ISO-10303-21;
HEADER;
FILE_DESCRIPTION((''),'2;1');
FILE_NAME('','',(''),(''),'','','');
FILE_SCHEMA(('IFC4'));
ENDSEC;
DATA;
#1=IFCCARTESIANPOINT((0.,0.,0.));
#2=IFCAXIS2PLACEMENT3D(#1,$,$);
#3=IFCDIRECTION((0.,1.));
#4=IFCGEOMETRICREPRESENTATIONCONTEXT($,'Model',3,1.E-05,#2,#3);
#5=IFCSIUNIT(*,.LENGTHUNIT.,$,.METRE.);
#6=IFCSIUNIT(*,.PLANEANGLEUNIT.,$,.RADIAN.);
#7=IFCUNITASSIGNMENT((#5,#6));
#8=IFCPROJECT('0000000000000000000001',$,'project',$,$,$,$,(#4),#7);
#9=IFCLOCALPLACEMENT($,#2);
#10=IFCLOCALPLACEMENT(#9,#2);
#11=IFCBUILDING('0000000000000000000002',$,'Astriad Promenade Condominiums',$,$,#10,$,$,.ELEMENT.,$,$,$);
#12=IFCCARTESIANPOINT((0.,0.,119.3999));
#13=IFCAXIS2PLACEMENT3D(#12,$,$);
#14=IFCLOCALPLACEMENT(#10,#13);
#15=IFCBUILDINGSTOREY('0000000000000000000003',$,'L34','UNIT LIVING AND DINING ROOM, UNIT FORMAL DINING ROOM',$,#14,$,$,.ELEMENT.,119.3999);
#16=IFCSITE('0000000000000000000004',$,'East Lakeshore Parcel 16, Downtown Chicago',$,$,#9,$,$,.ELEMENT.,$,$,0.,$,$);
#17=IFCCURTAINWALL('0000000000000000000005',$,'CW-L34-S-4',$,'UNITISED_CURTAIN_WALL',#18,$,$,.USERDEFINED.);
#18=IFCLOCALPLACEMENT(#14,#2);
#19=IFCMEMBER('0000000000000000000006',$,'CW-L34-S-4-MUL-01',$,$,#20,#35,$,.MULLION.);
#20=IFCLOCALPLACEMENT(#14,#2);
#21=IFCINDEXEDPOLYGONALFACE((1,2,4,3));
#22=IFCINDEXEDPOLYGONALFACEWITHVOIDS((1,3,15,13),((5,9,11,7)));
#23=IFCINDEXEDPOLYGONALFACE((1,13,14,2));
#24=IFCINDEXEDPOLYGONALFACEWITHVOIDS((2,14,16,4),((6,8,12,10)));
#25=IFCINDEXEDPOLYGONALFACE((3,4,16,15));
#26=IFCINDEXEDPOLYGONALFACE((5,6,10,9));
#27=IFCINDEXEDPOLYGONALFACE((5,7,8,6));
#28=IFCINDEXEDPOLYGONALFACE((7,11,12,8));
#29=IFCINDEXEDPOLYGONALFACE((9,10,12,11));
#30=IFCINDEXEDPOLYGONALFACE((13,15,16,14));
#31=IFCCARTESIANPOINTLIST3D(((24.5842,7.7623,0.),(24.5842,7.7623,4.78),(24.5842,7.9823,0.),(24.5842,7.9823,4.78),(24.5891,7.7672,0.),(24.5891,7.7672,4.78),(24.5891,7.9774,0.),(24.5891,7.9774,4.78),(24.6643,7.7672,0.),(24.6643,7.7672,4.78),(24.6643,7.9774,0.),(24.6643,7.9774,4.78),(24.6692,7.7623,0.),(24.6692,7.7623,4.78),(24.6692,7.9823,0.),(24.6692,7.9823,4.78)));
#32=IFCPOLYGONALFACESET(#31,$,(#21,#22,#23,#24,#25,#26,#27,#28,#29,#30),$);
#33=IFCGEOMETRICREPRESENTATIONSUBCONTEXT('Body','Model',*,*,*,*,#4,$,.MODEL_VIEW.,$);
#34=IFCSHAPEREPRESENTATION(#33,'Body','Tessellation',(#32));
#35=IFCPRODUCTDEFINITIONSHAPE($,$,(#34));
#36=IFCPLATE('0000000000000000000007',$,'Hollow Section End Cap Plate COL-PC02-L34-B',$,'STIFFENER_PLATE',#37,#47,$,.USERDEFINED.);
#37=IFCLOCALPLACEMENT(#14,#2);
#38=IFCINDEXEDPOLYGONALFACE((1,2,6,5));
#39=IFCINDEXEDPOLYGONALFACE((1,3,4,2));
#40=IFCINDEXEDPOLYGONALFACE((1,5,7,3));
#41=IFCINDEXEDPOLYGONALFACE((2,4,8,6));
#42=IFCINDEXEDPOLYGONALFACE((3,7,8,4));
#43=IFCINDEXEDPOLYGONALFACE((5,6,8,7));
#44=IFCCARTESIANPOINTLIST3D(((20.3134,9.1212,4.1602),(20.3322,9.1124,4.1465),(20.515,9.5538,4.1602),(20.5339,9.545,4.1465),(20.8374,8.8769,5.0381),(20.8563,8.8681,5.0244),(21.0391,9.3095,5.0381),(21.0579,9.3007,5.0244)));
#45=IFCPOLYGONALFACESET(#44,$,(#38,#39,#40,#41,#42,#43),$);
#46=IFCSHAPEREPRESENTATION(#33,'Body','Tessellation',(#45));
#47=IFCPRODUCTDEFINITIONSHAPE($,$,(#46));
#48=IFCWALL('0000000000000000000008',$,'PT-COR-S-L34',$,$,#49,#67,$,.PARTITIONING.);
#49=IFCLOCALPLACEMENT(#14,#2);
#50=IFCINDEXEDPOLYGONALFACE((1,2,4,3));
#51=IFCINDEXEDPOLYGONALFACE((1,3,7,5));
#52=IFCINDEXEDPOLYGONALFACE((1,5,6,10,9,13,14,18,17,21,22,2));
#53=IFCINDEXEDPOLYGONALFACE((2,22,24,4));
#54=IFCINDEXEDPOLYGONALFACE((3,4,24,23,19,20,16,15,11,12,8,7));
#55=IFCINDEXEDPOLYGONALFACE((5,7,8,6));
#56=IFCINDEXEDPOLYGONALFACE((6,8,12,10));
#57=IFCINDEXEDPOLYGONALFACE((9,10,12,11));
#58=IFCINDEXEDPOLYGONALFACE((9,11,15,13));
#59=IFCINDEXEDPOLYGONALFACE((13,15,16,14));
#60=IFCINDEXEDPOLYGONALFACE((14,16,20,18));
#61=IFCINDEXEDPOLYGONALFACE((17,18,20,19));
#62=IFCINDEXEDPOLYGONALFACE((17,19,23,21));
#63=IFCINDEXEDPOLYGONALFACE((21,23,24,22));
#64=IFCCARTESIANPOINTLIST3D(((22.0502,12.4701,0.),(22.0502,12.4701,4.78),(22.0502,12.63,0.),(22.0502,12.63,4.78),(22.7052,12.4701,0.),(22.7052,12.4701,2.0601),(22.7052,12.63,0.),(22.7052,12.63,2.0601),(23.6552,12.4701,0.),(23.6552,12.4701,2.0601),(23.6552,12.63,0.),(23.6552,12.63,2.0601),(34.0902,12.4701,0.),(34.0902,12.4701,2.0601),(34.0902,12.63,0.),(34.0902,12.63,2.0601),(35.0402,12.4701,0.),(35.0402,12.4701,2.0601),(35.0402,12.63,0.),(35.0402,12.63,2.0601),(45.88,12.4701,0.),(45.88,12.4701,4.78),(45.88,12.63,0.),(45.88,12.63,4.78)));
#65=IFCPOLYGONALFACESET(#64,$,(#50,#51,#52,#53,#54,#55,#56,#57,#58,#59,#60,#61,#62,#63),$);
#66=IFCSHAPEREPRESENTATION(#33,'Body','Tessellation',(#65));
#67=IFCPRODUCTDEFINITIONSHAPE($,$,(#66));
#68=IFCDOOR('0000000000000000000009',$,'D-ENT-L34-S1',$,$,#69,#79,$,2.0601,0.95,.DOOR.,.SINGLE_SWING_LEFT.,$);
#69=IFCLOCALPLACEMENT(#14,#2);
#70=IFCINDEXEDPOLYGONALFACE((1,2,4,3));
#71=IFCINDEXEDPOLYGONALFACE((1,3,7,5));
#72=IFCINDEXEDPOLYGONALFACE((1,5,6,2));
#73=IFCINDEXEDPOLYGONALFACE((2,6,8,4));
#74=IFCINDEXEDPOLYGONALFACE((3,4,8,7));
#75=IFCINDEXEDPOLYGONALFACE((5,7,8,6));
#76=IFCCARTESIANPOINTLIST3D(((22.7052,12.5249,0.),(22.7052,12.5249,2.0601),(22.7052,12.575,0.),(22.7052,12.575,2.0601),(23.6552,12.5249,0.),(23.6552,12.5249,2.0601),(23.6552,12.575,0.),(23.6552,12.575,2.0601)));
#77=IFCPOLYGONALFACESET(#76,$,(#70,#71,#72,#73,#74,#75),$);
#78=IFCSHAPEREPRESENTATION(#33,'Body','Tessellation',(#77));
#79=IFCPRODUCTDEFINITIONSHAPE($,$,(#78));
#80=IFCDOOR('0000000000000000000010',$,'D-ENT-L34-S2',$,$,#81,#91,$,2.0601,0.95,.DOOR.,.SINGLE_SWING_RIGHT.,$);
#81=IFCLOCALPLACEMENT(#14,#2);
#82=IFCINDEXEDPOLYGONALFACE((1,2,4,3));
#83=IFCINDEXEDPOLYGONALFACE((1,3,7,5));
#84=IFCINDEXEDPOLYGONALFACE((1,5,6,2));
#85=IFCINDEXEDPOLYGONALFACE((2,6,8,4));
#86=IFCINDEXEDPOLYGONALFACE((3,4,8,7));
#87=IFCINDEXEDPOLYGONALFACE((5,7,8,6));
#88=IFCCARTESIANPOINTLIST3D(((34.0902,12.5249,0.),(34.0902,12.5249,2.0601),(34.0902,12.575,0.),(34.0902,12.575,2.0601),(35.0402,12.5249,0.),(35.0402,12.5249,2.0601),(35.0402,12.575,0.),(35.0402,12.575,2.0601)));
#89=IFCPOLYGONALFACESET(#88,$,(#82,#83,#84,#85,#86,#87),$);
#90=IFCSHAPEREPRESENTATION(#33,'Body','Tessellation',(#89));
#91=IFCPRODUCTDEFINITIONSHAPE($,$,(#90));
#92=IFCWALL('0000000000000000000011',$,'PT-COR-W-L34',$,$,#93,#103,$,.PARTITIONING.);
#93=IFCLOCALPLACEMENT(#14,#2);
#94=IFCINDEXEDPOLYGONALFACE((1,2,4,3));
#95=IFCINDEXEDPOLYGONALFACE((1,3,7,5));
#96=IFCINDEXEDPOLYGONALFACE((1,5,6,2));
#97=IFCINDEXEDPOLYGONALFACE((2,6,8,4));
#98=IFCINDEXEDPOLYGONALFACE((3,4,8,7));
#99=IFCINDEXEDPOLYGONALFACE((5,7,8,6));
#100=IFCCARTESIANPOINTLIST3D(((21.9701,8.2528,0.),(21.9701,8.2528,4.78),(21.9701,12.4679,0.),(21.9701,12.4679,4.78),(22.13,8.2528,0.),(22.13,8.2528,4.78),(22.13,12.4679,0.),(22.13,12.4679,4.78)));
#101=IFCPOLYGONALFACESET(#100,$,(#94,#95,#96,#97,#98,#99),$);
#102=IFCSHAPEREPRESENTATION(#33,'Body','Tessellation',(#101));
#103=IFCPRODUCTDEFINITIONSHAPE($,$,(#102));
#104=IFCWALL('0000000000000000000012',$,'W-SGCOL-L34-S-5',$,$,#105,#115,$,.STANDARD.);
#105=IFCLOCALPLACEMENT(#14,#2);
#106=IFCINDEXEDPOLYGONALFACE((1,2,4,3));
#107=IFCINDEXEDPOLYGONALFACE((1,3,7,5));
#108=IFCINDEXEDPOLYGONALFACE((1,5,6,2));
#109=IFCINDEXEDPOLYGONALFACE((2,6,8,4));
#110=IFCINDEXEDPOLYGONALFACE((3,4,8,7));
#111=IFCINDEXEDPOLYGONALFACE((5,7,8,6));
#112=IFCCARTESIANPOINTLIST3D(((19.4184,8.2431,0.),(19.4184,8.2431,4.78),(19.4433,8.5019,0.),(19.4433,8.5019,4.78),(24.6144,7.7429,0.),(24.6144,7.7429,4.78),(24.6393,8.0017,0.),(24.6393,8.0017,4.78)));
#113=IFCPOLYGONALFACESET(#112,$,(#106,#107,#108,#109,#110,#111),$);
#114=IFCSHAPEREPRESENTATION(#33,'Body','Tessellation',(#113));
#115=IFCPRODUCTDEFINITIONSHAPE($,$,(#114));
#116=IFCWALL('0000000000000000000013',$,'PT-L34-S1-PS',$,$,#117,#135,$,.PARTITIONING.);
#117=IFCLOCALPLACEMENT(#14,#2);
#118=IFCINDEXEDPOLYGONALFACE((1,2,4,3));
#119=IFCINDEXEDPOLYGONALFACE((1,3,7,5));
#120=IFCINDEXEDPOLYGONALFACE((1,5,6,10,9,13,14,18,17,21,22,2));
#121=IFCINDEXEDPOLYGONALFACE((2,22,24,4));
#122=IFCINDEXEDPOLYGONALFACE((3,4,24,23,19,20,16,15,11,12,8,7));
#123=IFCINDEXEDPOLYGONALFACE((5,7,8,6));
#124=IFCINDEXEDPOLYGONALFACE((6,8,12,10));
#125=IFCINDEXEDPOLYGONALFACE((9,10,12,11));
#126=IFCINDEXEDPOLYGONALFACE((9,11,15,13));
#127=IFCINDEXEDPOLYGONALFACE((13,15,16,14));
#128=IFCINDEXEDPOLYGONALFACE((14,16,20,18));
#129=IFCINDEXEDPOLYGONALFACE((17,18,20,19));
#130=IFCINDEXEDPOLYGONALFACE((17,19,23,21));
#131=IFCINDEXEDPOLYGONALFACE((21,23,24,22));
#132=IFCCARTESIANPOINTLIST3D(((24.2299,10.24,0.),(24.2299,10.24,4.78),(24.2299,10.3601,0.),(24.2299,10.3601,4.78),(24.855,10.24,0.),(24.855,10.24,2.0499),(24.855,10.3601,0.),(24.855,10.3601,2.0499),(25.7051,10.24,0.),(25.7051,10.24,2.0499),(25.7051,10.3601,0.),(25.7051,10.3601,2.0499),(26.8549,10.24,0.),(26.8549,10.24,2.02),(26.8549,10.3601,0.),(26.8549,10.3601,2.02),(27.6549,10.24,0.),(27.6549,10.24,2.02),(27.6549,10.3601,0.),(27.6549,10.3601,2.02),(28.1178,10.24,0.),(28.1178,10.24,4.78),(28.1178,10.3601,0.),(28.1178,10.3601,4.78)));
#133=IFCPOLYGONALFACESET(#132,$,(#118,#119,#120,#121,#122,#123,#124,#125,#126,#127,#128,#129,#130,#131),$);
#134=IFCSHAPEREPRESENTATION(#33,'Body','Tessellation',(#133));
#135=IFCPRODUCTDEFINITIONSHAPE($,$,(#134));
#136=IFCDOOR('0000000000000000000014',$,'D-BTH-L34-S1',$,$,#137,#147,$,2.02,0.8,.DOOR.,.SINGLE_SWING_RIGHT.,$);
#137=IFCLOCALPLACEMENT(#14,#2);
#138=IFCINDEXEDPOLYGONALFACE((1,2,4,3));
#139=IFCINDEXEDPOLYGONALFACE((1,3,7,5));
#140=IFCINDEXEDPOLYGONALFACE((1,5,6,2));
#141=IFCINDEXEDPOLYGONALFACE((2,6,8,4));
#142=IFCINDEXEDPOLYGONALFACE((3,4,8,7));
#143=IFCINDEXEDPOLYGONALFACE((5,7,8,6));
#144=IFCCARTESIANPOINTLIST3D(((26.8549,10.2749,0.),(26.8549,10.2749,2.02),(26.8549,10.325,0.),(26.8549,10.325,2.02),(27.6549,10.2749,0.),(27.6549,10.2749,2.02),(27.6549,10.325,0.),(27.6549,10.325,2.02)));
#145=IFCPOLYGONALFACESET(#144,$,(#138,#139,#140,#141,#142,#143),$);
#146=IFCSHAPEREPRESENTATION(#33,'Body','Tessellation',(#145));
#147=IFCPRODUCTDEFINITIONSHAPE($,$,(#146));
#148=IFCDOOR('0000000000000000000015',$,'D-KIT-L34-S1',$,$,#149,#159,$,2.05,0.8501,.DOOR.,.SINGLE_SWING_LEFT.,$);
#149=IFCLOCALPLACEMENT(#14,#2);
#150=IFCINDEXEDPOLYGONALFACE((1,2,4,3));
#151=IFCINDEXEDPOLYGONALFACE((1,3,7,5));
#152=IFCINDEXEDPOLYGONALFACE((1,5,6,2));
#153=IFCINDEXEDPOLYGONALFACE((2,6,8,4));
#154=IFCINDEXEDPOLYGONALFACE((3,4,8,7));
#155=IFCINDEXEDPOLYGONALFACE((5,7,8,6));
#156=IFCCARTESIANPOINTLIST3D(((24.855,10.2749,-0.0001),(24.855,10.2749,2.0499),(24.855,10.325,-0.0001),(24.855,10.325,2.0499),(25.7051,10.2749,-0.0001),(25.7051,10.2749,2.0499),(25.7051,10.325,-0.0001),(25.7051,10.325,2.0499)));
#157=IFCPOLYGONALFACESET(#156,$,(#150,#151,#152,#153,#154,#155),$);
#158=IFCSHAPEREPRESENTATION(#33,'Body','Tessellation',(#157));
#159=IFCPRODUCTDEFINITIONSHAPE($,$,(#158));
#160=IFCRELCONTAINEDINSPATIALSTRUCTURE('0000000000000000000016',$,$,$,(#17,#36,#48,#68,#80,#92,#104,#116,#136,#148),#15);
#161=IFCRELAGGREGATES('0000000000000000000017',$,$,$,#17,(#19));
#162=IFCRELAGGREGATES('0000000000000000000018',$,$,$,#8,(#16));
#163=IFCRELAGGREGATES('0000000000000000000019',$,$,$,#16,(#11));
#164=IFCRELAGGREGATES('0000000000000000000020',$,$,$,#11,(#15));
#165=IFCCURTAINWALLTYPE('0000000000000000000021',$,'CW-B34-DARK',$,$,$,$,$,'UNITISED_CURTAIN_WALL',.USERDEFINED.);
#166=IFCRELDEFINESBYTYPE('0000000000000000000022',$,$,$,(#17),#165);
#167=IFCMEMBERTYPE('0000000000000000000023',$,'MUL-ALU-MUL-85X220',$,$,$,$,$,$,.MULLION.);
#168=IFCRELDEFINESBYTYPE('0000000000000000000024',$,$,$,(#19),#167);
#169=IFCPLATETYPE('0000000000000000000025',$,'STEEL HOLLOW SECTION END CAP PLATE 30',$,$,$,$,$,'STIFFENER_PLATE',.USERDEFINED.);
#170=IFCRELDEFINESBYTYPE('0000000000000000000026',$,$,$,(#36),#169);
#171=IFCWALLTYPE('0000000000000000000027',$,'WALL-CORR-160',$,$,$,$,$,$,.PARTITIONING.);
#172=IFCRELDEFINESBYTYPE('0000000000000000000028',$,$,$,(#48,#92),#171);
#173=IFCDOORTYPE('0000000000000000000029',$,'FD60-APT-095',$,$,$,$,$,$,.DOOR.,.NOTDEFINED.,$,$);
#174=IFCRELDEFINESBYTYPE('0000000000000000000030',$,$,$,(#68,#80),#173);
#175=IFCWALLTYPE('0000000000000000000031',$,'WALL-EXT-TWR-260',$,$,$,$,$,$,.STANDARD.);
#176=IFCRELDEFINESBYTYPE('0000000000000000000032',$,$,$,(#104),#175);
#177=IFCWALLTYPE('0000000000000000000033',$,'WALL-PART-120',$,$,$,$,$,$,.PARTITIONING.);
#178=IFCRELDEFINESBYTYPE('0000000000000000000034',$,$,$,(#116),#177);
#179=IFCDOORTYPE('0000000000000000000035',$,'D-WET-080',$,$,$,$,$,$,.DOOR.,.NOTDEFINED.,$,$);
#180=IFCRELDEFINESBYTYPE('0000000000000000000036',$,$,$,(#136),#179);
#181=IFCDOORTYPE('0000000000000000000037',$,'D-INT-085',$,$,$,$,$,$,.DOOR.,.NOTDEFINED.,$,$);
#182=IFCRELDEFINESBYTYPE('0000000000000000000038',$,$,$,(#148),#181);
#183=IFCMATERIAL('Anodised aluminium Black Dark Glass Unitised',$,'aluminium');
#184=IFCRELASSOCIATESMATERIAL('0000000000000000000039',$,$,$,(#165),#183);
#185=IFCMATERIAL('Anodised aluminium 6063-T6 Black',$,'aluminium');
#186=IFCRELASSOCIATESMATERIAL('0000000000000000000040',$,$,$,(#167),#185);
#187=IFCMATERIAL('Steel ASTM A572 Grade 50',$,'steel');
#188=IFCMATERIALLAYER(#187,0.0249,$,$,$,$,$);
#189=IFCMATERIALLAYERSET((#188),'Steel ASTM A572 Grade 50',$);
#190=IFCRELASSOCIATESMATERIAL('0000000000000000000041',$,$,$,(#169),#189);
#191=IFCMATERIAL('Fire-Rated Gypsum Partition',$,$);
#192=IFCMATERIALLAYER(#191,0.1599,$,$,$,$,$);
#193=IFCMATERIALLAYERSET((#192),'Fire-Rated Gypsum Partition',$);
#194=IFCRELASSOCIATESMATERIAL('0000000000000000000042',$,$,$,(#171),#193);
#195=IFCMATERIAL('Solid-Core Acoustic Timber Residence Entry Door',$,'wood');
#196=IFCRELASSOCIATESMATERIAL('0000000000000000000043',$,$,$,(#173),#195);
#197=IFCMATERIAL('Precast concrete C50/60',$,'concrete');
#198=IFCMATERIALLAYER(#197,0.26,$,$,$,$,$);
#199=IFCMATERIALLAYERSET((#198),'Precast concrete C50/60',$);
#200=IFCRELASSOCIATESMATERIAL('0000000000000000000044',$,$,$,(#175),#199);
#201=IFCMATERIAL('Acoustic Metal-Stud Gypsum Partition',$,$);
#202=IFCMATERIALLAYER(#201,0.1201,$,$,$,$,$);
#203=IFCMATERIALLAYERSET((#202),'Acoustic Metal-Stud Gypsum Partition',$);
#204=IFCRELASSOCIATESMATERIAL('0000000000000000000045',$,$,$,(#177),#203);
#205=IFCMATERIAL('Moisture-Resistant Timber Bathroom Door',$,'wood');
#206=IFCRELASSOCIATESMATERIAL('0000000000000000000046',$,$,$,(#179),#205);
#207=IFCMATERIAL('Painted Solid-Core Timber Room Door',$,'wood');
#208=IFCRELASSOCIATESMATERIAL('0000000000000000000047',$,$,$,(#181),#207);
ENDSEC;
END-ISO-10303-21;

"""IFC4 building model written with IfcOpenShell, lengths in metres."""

from ifc_helpers import new_model, si_unit, direction, frame, frame_2d, origin, origin_2d, place, context, subcontext, project, spatial, rectangle, hollow_rectangle, extrude, source, transform, mapped, material, layer, layer_set, material_profile, profile_set, type_object, type_shapes, element, fill, aggregate, save


model = new_model("IFC4")

# Units and contexts
model_context = context("Model", 3, precision=1e-05, world=origin(), true_north=direction((0.0, 1.0)))
body_context = subcontext(model_context, "Body", "Model", "MODEL_VIEW")
ifc_project = project(units=[si_unit("LENGTHUNIT", "METRE"), si_unit("PLANEANGLEUNIT", "RADIAN")], contexts=[model_context])

# Site, building, storey
site_placement = place(None, origin())
site = spatial("IfcSite", under=ifc_project, at=site_placement, Name="East Lakeshore Parcel 16, Downtown Chicago", CompositionType="ELEMENT", RefElevation=0.0)
building_placement = place(site_placement, origin())
building = spatial("IfcBuilding", under=site, at=building_placement, Name="Astriad Promenade Condominiums", CompositionType="ELEMENT")
storey_placement = place(building_placement, frame((0.0, 0.0, 119.3999)))
storey = spatial("IfcBuildingStorey", under=building, at=storey_placement, Name="L34", Description="UNIT LIVING AND DINING ROOM, UNIT FORMAL DINING ROOM", CompositionType="ELEMENT", Elevation=119.3999)

# Curtain wall, member
ifc_material_1 = material(Name="Anodised aluminium Black Dark Glass Unitised", Category="aluminium")
curtain_wall_type = type_object("IfcCurtainWallType", Name="CW-B34-DARK", ElementType="UNITISED_CURTAIN_WALL", PredefinedType="USERDEFINED", material=ifc_material_1)
ifc_material_2 = material(Name="Anodised aluminium 6063-T6 Black", Category="aluminium")
curtain_wall_1_placement = place(storey_placement, origin())
curtain_wall_1 = element("IfcCurtainWall", 1, at=curtain_wall_1_placement, inside=storey, type_object=curtain_wall_type, Name="CW-L34-S-4", ObjectType="UNITISED_CURTAIN_WALL", PredefinedType="USERDEFINED")
ifc_material_profile_1 = material_profile(ifc_material_2, hollow_rectangle(XDim=0.085, YDim=0.22, WallThickness=0.0049, at=origin_2d()), Name="ALU-MUL-85X220")
ifc_profile_set_1 = profile_set([ifc_material_profile_1], Name="Anodised aluminium 6063-T6 Black")
member_type_1 = type_object("IfcMemberType", Name="MUL-ALU-MUL-85X220", PredefinedType="MULLION", material=ifc_profile_set_1)
shared_shape_1 = source(origin(), body_context, "Body", "SweptSolid", [
    extrude(hollow_rectangle(XDim=0.085, YDim=0.22, WallThickness=0.0049, at=origin_2d()), origin(), (0.0, 0.0, 1.0), 4.78),
])
type_shapes(member_type_1, [shared_shape_1])
member_1_placement = place(storey_placement, frame((24.6267, 7.8723, 0.0), z_axis=(0.0, 0.0, 1.0), x_axis=(1.0, 0.0, 0.0)))
member_1 = element("IfcMember", 2, at=member_1_placement, type_object=member_type_1, Name="CW-L34-S-4-MUL-01", PredefinedType="MULLION", context=body_context, shape_type="MappedRepresentation", body=[
    mapped(shared_shape_1, transform((0.0, 0.0, 0.0), scale=1.0)),
])
aggregate(curtain_wall_1, [member_1])

# Plate
ifc_material_3 = material(Name="Steel ASTM A572 Grade 50", Category="steel")
ifc_layer_1 = layer(ifc_material_3, 0.0249)
ifc_layer_set_1 = layer_set([ifc_layer_1], Name="Steel ASTM A572 Grade 50")
plate_type = type_object("IfcPlateType", Name="STEEL HOLLOW SECTION END CAP PLATE 30", ElementType="STIFFENER_PLATE", PredefinedType="USERDEFINED", material=ifc_layer_set_1)
shared_shape_2 = source(origin(), body_context, "Body", "SweptSolid", [
    extrude(rectangle(XDim=0.4773, YDim=1.0513, at=origin_2d()), origin(), (0.0, 0.0, 1.0), 0.0249),
])
type_shapes(plate_type, [shared_shape_2])
plate_placement = place(storey_placement, frame((20.6951, 9.2065, 4.5854), z_axis=(-0.756953, 0.35284, 0.550024), x_axis=(-0.422488, -0.906369, 0.0)))
element("IfcPlate", 3, at=plate_placement, inside=storey, type_object=plate_type, Name="Hollow Section End Cap Plate COL-PC02-L34-B", ObjectType="STIFFENER_PLATE", PredefinedType="USERDEFINED", context=body_context, shape_type="MappedRepresentation", body=[
    mapped(shared_shape_2, transform((0.0, 0.0, 0.0), scale=1.0)),
])

# Wall, openings, doors
ifc_material_4 = material(Name="Fire-Rated Gypsum Partition")
ifc_layer_2 = layer(ifc_material_4, 0.1599)
ifc_layer_set_2 = layer_set([ifc_layer_2], Name="Fire-Rated Gypsum Partition")
wall_type_1 = type_object("IfcWallType", Name="WALL-CORR-160", PredefinedType="PARTITIONING", material=ifc_layer_set_2)
wall_1_placement = place(storey_placement, frame((22.05, 12.55, 0.0), z_axis=(0.0, 0.0, 1.0), x_axis=(1.0, 0.0, 0.0)))
wall_1 = element("IfcWall", 4, at=wall_1_placement, inside=storey, type_object=wall_type_1, Name="PT-COR-S-L34", PredefinedType="PARTITIONING", context=body_context, shape_type="SweptSolid", body=[
    extrude(rectangle(XDim=23.8298, YDim=0.1599, at=frame_2d((11.915, 0.0))), origin(), (0.0, 0.0, 1.0), 4.78),
])
opening_1_placement = place(wall_1_placement, frame((0.655, 0.0, 0.0)))
opening_1 = element("IfcOpeningElement", 5, at=opening_1_placement, cuts=wall_1, PredefinedType="OPENING", context=body_context, shape_type="SweptSolid", body=[
    extrude(rectangle(XDim=0.95, YDim=2.0601, at=frame_2d((0.4751, 1.03))), frame((0.0, 0.0898, 0.0), z_axis=(0.0, -1.0, 0.0), x_axis=(1.0, 0.0, 0.0)), (0.0, 0.0, 1.0), 0.1799),
])
opening_2_placement = place(wall_1_placement, frame((12.04, 0.0, 0.0)))
opening_2 = element("IfcOpeningElement", 6, at=opening_2_placement, cuts=wall_1, PredefinedType="OPENING", context=body_context, shape_type="SweptSolid", body=[
    extrude(rectangle(XDim=0.95, YDim=2.0601, at=frame_2d((0.4751, 1.03))), frame((0.0, 0.0898, 0.0), z_axis=(0.0, -1.0, 0.0), x_axis=(1.0, 0.0, 0.0)), (0.0, 0.0, 1.0), 0.1799),
])
ifc_material_5 = material(Name="Solid-Core Acoustic Timber Residence Entry Door", Category="wood")
door_type_1 = type_object("IfcDoorType", Name="FD60-APT-095", OperationType="NOTDEFINED", PredefinedType="DOOR", material=ifc_material_5)
shared_shape_3 = source(origin(), body_context, "Body", "SweptSolid", [
    extrude(rectangle(XDim=0.95, YDim=2.0601, at=frame_2d((0.4751, 1.03))), frame((0.0, 0.0249, 0.0), z_axis=(0.0, -1.0, 0.0), x_axis=(1.0, 0.0, 0.0)), (0.0, 0.0, 1.0), 0.05),
])
type_shapes(door_type_1, [shared_shape_3])
door_1_placement = place(opening_1_placement, origin())
door_1 = element("IfcDoor", 7, at=door_1_placement, inside=storey, type_object=door_type_1, Name="D-ENT-L34-S1", OperationType="SINGLE_SWING_LEFT", OverallHeight=2.0601, OverallWidth=0.95, PredefinedType="DOOR", context=body_context, shape_type="MappedRepresentation", body=[
    mapped(shared_shape_3, transform((0.0, 0.0, 0.0), scale=1.0)),
])
fill(opening_1, door_1)
door_2_placement = place(opening_2_placement, origin())
door_2 = element("IfcDoor", 8, at=door_2_placement, inside=storey, type_object=door_type_1, Name="D-ENT-L34-S2", OperationType="SINGLE_SWING_RIGHT", OverallHeight=2.0601, OverallWidth=0.95, PredefinedType="DOOR", context=body_context, shape_type="MappedRepresentation", body=[
    mapped(shared_shape_3, transform((0.0, 0.0, 0.0), scale=1.0)),
])
fill(opening_2, door_2)

# Walls
wall_2_placement = place(storey_placement, frame((22.05, 8.2529, 0.0), z_axis=(0.0, 0.0, 1.0), x_axis=(0.0, 1.0, 0.0)))
element("IfcWall", 9, at=wall_2_placement, inside=storey, type_object=wall_type_1, Name="PT-COR-W-L34", PredefinedType="PARTITIONING", context=body_context, shape_type="SweptSolid", body=[
    extrude(rectangle(XDim=4.2151, YDim=0.1599, at=frame_2d((2.1074, 0.0))), origin(), (0.0, 0.0, 1.0), 4.78),
])
ifc_material_6 = material(Name="Precast concrete C50/60", Category="concrete")
ifc_layer_3 = layer(ifc_material_6, 0.26)
ifc_layer_set_3 = layer_set([ifc_layer_3], Name="Precast concrete C50/60")
wall_type_2 = type_object("IfcWallType", Name="WALL-EXT-TWR-260", PredefinedType="STANDARD", material=ifc_layer_set_3)
wall_3_placement = place(storey_placement, frame((24.6267, 7.8723, 0.0), z_axis=(0.0, 0.0, 1.0), x_axis=(-0.995398, 0.095831, 0.0)))
element("IfcWall", 10, at=wall_3_placement, inside=storey, type_object=wall_type_2, Name="W-SGCOL-L34-S-5", PredefinedType="STANDARD", context=body_context, shape_type="SweptSolid", body=[
    extrude(rectangle(XDim=5.22, YDim=0.26, at=frame_2d((2.6099, 0.0))), origin(), (0.0, 0.0, 1.0), 4.78),
])

# Wall, openings, doors
ifc_material_7 = material(Name="Acoustic Metal-Stud Gypsum Partition")
ifc_layer_4 = layer(ifc_material_7, 0.1201)
ifc_layer_set_4 = layer_set([ifc_layer_4], Name="Acoustic Metal-Stud Gypsum Partition")
wall_type_3 = type_object("IfcWallType", Name="WALL-PART-120", PredefinedType="PARTITIONING", material=ifc_layer_set_4)
wall_4_placement = place(storey_placement, frame((24.23, 10.3, 0.0), z_axis=(0.0, 0.0, 1.0), x_axis=(1.0, 0.0, 0.0)))
wall_4 = element("IfcWall", 11, at=wall_4_placement, inside=storey, type_object=wall_type_3, Name="PT-L34-S1-PS", PredefinedType="PARTITIONING", context=body_context, shape_type="SweptSolid", body=[
    extrude(rectangle(XDim=3.8879, YDim=0.1201, at=frame_2d((1.9438, 0.0))), origin(), (0.0, 0.0, 1.0), 4.78),
])
opening_3_placement = place(wall_4_placement, frame((0.625, 0.0, 0.0)))
opening_3 = element("IfcOpeningElement", 12, at=opening_3_placement, cuts=wall_4, PredefinedType="OPENING", context=body_context, shape_type="SweptSolid", body=[
    extrude(rectangle(XDim=0.8501, YDim=2.05, at=frame_2d((0.425, 1.0249))), frame((0.0, 0.0701, 0.0), z_axis=(0.0, -1.0, 0.0), x_axis=(1.0, 0.0, 0.0)), (0.0, 0.0, 1.0), 0.1401),
])
opening_4_placement = place(wall_4_placement, frame((2.625, 0.0, 0.0)))
opening_4 = element("IfcOpeningElement", 13, at=opening_4_placement, cuts=wall_4, PredefinedType="OPENING", context=body_context, shape_type="SweptSolid", body=[
    extrude(rectangle(XDim=0.8, YDim=2.02, at=frame_2d((0.3999, 1.01))), frame((0.0, 0.0701, 0.0), z_axis=(0.0, -1.0, 0.0), x_axis=(1.0, 0.0, 0.0)), (0.0, 0.0, 1.0), 0.1401),
])
ifc_material_8 = material(Name="Moisture-Resistant Timber Bathroom Door", Category="wood")
door_type_2 = type_object("IfcDoorType", Name="D-WET-080", OperationType="NOTDEFINED", PredefinedType="DOOR", material=ifc_material_8)
shared_shape_4 = source(origin(), body_context, "Body", "SweptSolid", [
    extrude(rectangle(XDim=0.8, YDim=2.02, at=frame_2d((0.3999, 1.01))), frame((0.0, 0.0249, 0.0), z_axis=(0.0, -1.0, 0.0), x_axis=(1.0, 0.0, 0.0)), (0.0, 0.0, 1.0), 0.05),
])
type_shapes(door_type_2, [shared_shape_4])
door_3_placement = place(opening_4_placement, origin())
door_3 = element("IfcDoor", 14, at=door_3_placement, inside=storey, type_object=door_type_2, Name="D-BTH-L34-S1", OperationType="SINGLE_SWING_RIGHT", OverallHeight=2.02, OverallWidth=0.8, PredefinedType="DOOR", context=body_context, shape_type="MappedRepresentation", body=[
    mapped(shared_shape_4, transform((0.0, 0.0, 0.0), scale=1.0)),
])
fill(opening_4, door_3)
ifc_material_9 = material(Name="Painted Solid-Core Timber Room Door", Category="wood")
door_type_3 = type_object("IfcDoorType", Name="D-INT-085", OperationType="NOTDEFINED", PredefinedType="DOOR", material=ifc_material_9)
shared_shape_5 = source(origin(), body_context, "Body", "SweptSolid", [
    extrude(rectangle(XDim=0.8501, YDim=2.05, at=frame_2d((0.425, 1.0249))), frame((0.0, 0.0249, 0.0), z_axis=(0.0, -1.0, 0.0), x_axis=(1.0, 0.0, 0.0)), (0.0, 0.0, 1.0), 0.05),
])
type_shapes(door_type_3, [shared_shape_5])
door_4_placement = place(opening_3_placement, origin())
door_4 = element("IfcDoor", 15, at=door_4_placement, inside=storey, type_object=door_type_3, Name="D-KIT-L34-S1", OperationType="SINGLE_SWING_LEFT", OverallHeight=2.05, OverallWidth=0.8501, PredefinedType="DOOR", context=body_context, shape_type="MappedRepresentation", body=[
    mapped(shared_shape_5, transform((0.0, 0.0, 0.0), scale=1.0)),
])
fill(opening_3, door_4)

save(model, "model.ifc")
